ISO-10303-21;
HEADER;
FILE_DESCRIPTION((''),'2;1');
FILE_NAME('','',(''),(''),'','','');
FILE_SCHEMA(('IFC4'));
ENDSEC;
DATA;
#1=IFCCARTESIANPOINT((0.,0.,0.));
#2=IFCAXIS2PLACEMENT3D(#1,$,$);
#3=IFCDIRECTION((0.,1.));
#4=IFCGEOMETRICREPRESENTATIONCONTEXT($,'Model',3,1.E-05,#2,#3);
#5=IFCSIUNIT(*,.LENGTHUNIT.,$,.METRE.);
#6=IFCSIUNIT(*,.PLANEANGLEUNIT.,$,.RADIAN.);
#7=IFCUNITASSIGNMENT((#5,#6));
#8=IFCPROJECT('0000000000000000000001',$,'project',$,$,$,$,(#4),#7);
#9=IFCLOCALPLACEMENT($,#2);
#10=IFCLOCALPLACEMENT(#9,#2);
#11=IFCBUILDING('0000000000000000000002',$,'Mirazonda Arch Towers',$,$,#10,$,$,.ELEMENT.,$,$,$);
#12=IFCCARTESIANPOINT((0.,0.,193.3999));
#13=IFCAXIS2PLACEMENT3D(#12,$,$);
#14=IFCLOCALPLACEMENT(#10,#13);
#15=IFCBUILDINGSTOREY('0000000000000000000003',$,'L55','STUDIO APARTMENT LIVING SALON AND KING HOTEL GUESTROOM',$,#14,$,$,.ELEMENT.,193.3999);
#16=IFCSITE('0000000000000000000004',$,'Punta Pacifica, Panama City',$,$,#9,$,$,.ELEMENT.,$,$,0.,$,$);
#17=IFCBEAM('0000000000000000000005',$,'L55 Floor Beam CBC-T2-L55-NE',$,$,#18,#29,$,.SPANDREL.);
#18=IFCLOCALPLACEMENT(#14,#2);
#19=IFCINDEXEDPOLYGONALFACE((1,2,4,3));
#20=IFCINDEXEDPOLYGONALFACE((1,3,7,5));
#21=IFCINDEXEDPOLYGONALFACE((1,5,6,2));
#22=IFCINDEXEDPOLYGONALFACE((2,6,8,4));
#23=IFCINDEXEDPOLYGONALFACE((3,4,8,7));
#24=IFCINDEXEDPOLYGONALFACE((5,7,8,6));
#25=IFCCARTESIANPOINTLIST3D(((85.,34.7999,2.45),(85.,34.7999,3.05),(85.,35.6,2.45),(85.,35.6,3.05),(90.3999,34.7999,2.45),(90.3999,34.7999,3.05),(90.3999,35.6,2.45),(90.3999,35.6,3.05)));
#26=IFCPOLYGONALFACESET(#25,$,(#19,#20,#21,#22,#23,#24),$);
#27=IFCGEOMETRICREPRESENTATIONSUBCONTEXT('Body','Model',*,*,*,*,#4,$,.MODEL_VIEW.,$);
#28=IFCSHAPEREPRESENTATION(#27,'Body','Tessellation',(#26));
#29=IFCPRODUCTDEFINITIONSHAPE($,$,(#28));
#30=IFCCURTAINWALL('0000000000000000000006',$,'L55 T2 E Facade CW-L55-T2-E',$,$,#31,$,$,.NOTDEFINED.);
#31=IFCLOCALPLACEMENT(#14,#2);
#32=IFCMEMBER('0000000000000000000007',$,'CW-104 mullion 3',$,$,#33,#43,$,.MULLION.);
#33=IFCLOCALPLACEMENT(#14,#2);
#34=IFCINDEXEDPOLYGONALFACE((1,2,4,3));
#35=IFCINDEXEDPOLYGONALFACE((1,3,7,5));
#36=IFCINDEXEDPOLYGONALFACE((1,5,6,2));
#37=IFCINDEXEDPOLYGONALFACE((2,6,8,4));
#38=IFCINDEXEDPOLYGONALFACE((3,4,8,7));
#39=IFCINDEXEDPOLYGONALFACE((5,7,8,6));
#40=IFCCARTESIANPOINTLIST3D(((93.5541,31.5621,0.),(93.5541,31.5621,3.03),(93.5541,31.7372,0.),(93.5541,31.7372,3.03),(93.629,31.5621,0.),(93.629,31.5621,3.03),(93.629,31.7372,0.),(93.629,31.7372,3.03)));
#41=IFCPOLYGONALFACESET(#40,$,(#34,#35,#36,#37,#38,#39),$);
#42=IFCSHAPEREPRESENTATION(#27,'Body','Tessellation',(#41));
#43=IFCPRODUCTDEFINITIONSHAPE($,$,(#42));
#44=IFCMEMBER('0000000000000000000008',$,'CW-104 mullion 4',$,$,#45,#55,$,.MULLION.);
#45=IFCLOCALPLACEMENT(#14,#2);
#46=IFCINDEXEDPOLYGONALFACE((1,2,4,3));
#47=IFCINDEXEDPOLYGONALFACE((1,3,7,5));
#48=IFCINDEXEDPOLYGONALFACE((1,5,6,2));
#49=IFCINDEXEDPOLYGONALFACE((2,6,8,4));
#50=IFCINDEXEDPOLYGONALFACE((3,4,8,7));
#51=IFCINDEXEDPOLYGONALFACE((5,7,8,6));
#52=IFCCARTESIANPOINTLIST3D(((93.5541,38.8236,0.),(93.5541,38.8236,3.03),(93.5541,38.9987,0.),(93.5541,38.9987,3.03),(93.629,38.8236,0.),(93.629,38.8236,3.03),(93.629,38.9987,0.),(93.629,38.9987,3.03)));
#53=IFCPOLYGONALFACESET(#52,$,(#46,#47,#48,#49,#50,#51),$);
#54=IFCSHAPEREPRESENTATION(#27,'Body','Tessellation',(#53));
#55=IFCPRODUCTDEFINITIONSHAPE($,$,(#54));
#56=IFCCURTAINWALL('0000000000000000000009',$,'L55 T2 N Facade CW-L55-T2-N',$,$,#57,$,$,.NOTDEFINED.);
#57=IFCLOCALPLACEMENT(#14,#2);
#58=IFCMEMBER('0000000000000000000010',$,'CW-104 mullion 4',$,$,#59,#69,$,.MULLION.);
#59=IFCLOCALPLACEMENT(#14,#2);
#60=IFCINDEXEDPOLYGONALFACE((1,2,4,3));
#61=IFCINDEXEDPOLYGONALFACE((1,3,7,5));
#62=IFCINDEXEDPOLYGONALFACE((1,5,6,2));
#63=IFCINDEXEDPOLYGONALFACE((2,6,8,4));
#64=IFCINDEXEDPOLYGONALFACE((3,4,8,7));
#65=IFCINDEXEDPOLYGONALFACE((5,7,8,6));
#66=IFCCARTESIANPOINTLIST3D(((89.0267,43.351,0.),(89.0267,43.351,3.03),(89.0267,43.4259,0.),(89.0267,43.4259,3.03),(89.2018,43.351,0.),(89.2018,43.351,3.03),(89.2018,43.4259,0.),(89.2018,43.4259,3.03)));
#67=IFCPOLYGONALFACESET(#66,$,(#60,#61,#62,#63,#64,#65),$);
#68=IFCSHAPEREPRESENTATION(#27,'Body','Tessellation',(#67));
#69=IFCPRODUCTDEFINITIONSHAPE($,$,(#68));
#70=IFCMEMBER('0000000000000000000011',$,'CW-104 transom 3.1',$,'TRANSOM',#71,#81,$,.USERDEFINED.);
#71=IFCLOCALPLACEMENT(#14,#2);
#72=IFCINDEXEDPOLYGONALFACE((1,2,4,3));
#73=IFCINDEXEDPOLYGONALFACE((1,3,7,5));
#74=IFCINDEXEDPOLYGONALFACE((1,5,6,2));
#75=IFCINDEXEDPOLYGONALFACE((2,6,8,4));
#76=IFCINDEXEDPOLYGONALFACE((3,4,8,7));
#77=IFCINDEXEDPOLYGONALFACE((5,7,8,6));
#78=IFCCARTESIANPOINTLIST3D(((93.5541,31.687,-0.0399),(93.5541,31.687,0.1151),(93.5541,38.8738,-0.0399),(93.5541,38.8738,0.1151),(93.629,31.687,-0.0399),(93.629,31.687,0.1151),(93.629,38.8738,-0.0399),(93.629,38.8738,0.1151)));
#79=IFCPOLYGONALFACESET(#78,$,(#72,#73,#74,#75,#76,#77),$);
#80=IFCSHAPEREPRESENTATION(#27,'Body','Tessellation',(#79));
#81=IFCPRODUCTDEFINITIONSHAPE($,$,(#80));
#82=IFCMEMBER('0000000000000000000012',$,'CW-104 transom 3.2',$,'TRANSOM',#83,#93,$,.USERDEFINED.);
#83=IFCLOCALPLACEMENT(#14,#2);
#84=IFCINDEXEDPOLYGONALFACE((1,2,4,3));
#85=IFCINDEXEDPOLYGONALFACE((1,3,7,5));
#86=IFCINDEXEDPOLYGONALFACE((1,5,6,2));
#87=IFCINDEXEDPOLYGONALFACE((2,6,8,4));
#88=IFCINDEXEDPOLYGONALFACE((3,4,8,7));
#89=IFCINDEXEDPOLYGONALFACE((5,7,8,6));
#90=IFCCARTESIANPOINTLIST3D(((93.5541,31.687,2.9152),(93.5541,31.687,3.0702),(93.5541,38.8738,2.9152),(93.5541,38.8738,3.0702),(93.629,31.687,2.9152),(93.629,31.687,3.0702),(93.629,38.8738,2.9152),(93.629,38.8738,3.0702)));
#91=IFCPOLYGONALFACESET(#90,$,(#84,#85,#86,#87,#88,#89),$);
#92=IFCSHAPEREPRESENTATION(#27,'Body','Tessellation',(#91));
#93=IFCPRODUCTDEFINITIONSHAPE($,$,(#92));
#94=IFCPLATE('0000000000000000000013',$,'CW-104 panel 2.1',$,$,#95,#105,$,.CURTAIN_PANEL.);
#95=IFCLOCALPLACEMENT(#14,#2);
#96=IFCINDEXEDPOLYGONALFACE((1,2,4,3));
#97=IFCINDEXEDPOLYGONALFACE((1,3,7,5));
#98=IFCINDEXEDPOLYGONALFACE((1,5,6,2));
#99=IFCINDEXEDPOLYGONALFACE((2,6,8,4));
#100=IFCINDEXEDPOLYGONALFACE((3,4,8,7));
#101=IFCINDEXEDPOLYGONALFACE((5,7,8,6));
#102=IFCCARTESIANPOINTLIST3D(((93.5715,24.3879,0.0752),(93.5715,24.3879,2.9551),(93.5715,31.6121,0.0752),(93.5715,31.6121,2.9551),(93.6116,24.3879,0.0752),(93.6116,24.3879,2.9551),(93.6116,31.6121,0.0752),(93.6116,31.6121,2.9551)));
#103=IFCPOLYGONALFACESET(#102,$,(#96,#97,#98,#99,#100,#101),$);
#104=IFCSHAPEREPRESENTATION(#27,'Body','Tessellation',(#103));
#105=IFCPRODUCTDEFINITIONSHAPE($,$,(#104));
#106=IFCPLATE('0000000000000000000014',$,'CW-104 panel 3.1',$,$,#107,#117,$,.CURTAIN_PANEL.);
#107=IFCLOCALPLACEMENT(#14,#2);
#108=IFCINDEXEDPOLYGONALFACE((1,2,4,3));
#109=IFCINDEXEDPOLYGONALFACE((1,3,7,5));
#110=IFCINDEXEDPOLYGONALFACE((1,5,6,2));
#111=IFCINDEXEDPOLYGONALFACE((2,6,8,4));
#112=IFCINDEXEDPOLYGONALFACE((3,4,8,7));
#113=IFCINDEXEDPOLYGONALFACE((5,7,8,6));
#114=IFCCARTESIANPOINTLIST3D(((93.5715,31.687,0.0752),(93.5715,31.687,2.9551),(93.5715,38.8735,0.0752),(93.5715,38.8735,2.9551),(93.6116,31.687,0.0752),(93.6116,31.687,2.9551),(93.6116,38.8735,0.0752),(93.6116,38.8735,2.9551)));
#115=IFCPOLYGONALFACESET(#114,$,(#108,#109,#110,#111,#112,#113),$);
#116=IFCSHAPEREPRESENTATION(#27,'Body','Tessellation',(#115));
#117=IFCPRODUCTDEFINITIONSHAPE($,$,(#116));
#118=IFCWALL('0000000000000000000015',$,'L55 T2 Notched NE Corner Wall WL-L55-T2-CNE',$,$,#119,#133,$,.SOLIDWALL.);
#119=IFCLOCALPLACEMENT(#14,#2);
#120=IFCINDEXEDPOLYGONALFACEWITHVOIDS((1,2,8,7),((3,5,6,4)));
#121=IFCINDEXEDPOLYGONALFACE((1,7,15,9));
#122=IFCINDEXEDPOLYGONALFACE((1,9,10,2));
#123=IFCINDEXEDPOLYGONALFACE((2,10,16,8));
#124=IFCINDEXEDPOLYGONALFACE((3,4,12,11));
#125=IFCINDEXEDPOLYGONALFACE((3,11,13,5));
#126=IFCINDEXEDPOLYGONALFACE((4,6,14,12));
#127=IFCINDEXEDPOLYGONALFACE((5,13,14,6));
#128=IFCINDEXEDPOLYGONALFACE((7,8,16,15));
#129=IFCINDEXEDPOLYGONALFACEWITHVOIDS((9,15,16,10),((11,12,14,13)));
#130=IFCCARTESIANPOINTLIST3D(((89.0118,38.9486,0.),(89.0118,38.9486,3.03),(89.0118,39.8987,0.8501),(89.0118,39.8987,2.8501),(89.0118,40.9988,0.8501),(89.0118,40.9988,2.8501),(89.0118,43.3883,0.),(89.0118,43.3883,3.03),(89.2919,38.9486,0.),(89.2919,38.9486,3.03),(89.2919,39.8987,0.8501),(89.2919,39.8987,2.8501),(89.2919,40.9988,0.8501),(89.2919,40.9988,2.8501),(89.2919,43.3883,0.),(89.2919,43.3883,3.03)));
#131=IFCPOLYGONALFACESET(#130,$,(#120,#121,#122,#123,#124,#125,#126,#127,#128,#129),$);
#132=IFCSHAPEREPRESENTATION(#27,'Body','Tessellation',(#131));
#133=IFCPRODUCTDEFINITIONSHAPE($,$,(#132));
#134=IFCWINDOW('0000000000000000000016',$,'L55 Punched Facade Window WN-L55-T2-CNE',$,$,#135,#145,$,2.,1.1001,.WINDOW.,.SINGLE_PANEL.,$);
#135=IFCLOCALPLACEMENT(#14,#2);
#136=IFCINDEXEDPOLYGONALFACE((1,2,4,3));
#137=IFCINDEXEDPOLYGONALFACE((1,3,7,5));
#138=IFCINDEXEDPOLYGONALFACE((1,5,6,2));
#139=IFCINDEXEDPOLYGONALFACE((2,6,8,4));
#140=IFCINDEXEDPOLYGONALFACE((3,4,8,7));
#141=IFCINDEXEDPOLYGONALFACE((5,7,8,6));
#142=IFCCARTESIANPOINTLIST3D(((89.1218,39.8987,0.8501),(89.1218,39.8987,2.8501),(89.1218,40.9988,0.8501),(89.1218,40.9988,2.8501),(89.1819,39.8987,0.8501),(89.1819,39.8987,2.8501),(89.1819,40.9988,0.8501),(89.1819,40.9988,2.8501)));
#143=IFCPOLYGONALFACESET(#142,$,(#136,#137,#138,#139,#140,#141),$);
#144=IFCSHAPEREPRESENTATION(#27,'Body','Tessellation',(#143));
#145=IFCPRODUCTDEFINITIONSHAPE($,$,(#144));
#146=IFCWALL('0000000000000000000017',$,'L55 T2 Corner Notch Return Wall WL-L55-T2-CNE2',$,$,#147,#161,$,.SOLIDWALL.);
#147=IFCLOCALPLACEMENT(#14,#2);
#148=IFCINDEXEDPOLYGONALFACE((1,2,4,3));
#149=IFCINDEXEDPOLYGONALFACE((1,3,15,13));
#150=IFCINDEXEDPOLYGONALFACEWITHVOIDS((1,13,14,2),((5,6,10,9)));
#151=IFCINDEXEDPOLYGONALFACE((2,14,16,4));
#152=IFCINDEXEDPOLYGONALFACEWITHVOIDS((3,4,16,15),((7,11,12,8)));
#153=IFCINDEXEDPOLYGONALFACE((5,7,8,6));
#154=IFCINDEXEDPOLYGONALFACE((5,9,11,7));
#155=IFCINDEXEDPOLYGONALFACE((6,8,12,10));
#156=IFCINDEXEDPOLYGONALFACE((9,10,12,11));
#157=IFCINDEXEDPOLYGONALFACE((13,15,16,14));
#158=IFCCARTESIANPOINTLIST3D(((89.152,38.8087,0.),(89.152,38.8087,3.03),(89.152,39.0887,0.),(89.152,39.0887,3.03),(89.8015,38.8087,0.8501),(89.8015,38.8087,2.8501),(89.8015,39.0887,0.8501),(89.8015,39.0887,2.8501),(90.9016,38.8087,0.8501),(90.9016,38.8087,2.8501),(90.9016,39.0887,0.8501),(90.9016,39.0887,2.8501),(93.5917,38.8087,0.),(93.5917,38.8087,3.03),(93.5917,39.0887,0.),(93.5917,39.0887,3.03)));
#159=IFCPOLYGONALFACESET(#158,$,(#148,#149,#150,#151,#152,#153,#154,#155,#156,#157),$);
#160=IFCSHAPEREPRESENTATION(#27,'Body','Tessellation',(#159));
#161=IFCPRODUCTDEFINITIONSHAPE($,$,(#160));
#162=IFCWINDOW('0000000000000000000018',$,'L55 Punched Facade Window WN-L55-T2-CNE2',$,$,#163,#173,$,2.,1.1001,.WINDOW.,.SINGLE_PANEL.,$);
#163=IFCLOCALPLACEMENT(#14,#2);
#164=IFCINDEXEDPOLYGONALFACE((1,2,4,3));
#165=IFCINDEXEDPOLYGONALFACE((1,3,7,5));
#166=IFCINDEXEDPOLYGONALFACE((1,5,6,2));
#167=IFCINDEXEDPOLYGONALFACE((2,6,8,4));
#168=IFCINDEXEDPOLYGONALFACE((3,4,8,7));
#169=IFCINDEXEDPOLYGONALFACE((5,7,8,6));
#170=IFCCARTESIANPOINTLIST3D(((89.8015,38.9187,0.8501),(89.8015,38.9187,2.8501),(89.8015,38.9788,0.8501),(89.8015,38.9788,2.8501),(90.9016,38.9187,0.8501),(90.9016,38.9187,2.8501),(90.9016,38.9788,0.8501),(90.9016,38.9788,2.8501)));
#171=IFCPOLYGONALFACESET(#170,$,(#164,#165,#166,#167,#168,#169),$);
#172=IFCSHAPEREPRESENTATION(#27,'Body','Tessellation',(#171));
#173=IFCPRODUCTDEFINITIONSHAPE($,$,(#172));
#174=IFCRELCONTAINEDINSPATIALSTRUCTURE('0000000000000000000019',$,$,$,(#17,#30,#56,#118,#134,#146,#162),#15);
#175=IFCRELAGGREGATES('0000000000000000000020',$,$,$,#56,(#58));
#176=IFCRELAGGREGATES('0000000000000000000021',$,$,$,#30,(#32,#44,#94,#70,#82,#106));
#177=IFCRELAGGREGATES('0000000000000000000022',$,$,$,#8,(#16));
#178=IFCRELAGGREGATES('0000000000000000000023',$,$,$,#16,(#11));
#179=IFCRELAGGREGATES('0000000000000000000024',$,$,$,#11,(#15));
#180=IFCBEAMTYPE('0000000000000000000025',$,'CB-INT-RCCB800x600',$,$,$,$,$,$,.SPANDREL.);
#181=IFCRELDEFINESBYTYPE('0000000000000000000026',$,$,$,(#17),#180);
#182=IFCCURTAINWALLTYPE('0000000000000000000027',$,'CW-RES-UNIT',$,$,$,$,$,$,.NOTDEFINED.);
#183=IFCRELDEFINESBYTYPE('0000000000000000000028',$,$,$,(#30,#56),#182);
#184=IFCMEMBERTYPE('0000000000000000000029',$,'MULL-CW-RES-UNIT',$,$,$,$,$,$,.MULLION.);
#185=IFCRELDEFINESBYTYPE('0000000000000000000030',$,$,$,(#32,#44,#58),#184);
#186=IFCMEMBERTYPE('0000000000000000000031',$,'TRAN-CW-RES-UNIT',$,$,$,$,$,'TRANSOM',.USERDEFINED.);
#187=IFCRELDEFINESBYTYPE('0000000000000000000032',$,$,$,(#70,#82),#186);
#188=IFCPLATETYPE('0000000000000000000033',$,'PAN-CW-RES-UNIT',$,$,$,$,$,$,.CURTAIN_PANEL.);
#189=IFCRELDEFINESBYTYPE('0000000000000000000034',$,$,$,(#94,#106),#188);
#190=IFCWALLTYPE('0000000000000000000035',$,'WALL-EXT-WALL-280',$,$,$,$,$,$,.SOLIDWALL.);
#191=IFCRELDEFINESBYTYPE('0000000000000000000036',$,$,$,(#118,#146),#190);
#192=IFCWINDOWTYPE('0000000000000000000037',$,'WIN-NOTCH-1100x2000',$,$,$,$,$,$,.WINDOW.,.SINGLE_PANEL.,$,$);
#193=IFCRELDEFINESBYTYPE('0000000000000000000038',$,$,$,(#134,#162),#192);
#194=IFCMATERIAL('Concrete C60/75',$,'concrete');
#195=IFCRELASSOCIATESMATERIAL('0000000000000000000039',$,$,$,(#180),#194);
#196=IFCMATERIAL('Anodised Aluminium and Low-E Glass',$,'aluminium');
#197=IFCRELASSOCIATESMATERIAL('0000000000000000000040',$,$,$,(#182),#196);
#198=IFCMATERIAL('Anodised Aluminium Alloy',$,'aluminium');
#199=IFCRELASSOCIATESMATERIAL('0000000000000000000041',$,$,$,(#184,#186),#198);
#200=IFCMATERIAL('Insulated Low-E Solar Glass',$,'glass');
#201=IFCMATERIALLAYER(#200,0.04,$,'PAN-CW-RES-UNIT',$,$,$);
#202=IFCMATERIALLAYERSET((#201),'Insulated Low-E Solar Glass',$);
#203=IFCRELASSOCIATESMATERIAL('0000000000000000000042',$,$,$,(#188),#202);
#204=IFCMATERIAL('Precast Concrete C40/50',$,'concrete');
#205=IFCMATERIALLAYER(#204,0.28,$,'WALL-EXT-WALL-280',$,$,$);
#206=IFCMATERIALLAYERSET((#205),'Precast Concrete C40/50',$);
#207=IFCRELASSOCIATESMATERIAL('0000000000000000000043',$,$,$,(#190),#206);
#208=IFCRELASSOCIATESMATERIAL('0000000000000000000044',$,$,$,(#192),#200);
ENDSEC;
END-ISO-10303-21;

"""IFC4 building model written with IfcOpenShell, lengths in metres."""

from ifc_helpers import new_model, si_unit, direction, frame, frame_2d, origin, origin_2d, place, context, subcontext, project, spatial, rectangle, extrude, material, layer, layer_set, material_profile, profile_set, type_object, element, fill, aggregate, save


model = new_model("IFC4")

# Units and contexts
model_context = context("Model", 3, precision=1e-05, world=origin(), true_north=direction((0.0, 1.0)))
body_context = subcontext(model_context, "Body", "Model", "MODEL_VIEW")
ifc_project = project(units=[si_unit("LENGTHUNIT", "METRE"), si_unit("PLANEANGLEUNIT", "RADIAN")], contexts=[model_context])

# Site, building, storey
site_placement = place(None, origin())
site = spatial("IfcSite", under=ifc_project, at=site_placement, Name="Punta Pacifica, Panama City", CompositionType="ELEMENT", RefElevation=0.0)
building_placement = place(site_placement, origin())
building = spatial("IfcBuilding", under=site, at=building_placement, Name="Mirazonda Arch Towers", CompositionType="ELEMENT")
storey_placement = place(building_placement, frame((0.0, 0.0, 193.3999)))
storey = spatial("IfcBuildingStorey", under=building, at=storey_placement, Name="L55", Description="STUDIO APARTMENT LIVING SALON AND KING HOTEL GUESTROOM", CompositionType="ELEMENT", Elevation=193.3999)

# Beam
ifc_material_1 = material(Name="Concrete C60/75", Category="concrete")
ifc_material_profile_1 = material_profile(ifc_material_1, rectangle(XDim=0.8, YDim=0.6001, at=origin_2d()), Name="RCCB800x600")
ifc_profile_set_1 = profile_set([ifc_material_profile_1], Name="Concrete C60/75")
beam_type_1 = type_object("IfcBeamType", Name="CB-INT-RCCB800x600", PredefinedType="SPANDREL", material=ifc_profile_set_1)
beam_1_placement = place(storey_placement, frame((85.0, 35.2, 2.75), z_axis=(1.0, 0.0, 0.0), x_axis=(0.0, 1.0, 0.0)))
element("IfcBeam", 1, at=beam_1_placement, inside=storey, type_object=beam_type_1, Name="L55 Floor Beam CBC-T2-L55-NE", PredefinedType="SPANDREL", context=body_context, shape_type="SweptSolid", body=[
    extrude(rectangle(XDim=0.8, YDim=0.6001, at=origin_2d()), origin(), (0.0, 0.0, 1.0), 5.3999),
])

# Curtain wall, members
ifc_material_2 = material(Name="Anodised Aluminium and Low-E Glass", Category="aluminium")
curtain_wall_type = type_object("IfcCurtainWallType", Name="CW-RES-UNIT", PredefinedType="NOTDEFINED", material=ifc_material_2)
curtain_wall_1_placement = place(storey_placement, origin())
curtain_wall_1 = element("IfcCurtainWall", 2, at=curtain_wall_1_placement, inside=storey, type_object=curtain_wall_type, Name="L55 T2 E Facade CW-L55-T2-E", PredefinedType="NOTDEFINED")
ifc_material_3 = material(Name="Anodised Aluminium Alloy", Category="aluminium")
ifc_material_profile_2 = material_profile(ifc_material_3, rectangle(XDim=0.075, YDim=0.175, at=origin_2d()), Name="ALU-MULL-75x175")
ifc_profile_set_2 = profile_set([ifc_material_profile_2], Name="Anodised Aluminium Alloy")
member_type_1 = type_object("IfcMemberType", Name="MULL-CW-RES-UNIT", PredefinedType="MULLION", material=ifc_profile_set_2)
member_1_placement = place(storey_placement, frame((93.5916, 31.6497, 0.0), z_axis=(0.0, 0.0, 1.0), x_axis=(-1.0, 0.0, 0.0)))
member_1 = element("IfcMember", 3, at=member_1_placement, type_object=member_type_1, Name="CW-104 mullion 3", PredefinedType="MULLION", context=body_context, shape_type="SweptSolid", body=[
    extrude(rectangle(XDim=0.075, YDim=0.175, at=origin_2d()), origin(), (0.0, 0.0, 1.0), 3.03),
])
member_2_placement = place(storey_placement, frame((93.5916, 38.9111, 0.0), z_axis=(0.0, 0.0, 1.0), x_axis=(-1.0, 0.0, 0.0)))
member_2 = element("IfcMember", 4, at=member_2_placement, type_object=member_type_1, Name="CW-104 mullion 4", PredefinedType="MULLION", context=body_context, shape_type="SweptSolid", body=[
    extrude(rectangle(XDim=0.075, YDim=0.175, at=origin_2d()), origin(), (0.0, 0.0, 1.0), 3.03),
])

# Curtain wall, member
curtain_wall_2_placement = place(storey_placement, origin())
curtain_wall_2 = element("IfcCurtainWall", 5, at=curtain_wall_2_placement, inside=storey, type_object=curtain_wall_type, Name="L55 T2 N Facade CW-L55-T2-N", PredefinedType="NOTDEFINED")
member_3_placement = place(storey_placement, frame((89.1143, 43.3884, 0.0), z_axis=(0.0, 0.0, 1.0), x_axis=(0.0, 1.0, 0.0)))
member_3 = element("IfcMember", 6, at=member_3_placement, type_object=member_type_1, Name="CW-104 mullion 4", PredefinedType="MULLION", context=body_context, shape_type="SweptSolid", body=[
    extrude(rectangle(XDim=0.075, YDim=0.175, at=origin_2d()), origin(), (0.0, 0.0, 1.0), 3.03),
])
aggregate(curtain_wall_2, [member_3])

# Members
ifc_material_profile_3 = material_profile(ifc_material_3, rectangle(XDim=0.075, YDim=0.155, at=origin_2d()), Name="ALU-TRAN-75x155")
ifc_profile_set_3 = profile_set([ifc_material_profile_3], Name="Anodised Aluminium Alloy")
member_type_2 = type_object("IfcMemberType", Name="TRAN-CW-RES-UNIT", ElementType="TRANSOM", PredefinedType="USERDEFINED", material=ifc_profile_set_3)
member_4_placement = place(storey_placement, frame((93.5916, 31.687, 0.0376), z_axis=(0.0, 1.0, 0.0), x_axis=(-1.0, 0.0, 0.0)))
member_4 = element("IfcMember", 7, at=member_4_placement, type_object=member_type_2, Name="CW-104 transom 3.1", ObjectType="TRANSOM", PredefinedType="USERDEFINED", context=body_context, shape_type="SweptSolid", body=[
    extrude(rectangle(XDim=0.075, YDim=0.155, at=origin_2d()), origin(), (0.0, 0.0, 1.0), 7.1868),
])
member_5_placement = place(storey_placement, frame((93.5916, 31.687, 2.9927), z_axis=(0.0, 1.0, 0.0), x_axis=(-1.0, 0.0, 0.0)))
member_5 = element("IfcMember", 8, at=member_5_placement, type_object=member_type_2, Name="CW-104 transom 3.2", ObjectType="TRANSOM", PredefinedType="USERDEFINED", context=body_context, shape_type="SweptSolid", body=[
    extrude(rectangle(XDim=0.075, YDim=0.155, at=origin_2d()), origin(), (0.0, 0.0, 1.0), 7.1868),
])

# Plates
ifc_material_4 = material(Name="Insulated Low-E Solar Glass", Category="glass")
ifc_layer_1 = layer(ifc_material_4, 0.04, Name="PAN-CW-RES-UNIT")
ifc_layer_set_1 = layer_set([ifc_layer_1], Name="Insulated Low-E Solar Glass")
plate_type = type_object("IfcPlateType", Name="PAN-CW-RES-UNIT", PredefinedType="CURTAIN_PANEL", material=ifc_layer_set_1)
plate_1_placement = place(storey_placement, frame((93.5916, 28.0, 0.0752), z_axis=(0.0, 0.0, 1.0), x_axis=(0.0, 1.0, 0.0)))
plate_1 = element("IfcPlate", 9, at=plate_1_placement, type_object=plate_type, Name="CW-104 panel 2.1", PredefinedType="CURTAIN_PANEL", context=body_context, shape_type="SweptSolid", body=[
    extrude(rectangle(XDim=7.2241, YDim=0.04, at=origin_2d()), origin(), (0.0, 0.0, 1.0), 2.8799),
])
plate_2_placement = place(storey_placement, frame((93.5916, 35.2803, 0.0752), z_axis=(0.0, 0.0, 1.0), x_axis=(0.0, 1.0, 0.0)))
plate_2 = element("IfcPlate", 10, at=plate_2_placement, type_object=plate_type, Name="CW-104 panel 3.1", PredefinedType="CURTAIN_PANEL", context=body_context, shape_type="SweptSolid", body=[
    extrude(rectangle(XDim=7.1865, YDim=0.04, at=origin_2d()), origin(), (0.0, 0.0, 1.0), 2.8799),
])
aggregate(curtain_wall_1, [member_1, member_2, plate_1, member_4, member_5, plate_2])

# Walls, openings, windows
ifc_material_5 = material(Name="Precast Concrete C40/50", Category="concrete")
ifc_layer_2 = layer(ifc_material_5, 0.28, Name="WALL-EXT-WALL-280")
ifc_layer_set_2 = layer_set([ifc_layer_2], Name="Precast Concrete C40/50")
wall_type_1 = type_object("IfcWallType", Name="WALL-EXT-WALL-280", PredefinedType="SOLIDWALL", material=ifc_layer_set_2)
wall_1_placement = place(storey_placement, frame((89.1519, 38.9487, 0.0), z_axis=(0.0, 0.0, 1.0), x_axis=(0.0, 1.0, 0.0)))
wall_1 = element("IfcWall", 11, at=wall_1_placement, inside=storey, type_object=wall_type_1, Name="L55 T2 Notched NE Corner Wall WL-L55-T2-CNE", PredefinedType="SOLIDWALL", context=body_context, shape_type="SweptSolid", body=[
    extrude(rectangle(XDim=4.4397, YDim=0.28, at=frame_2d((2.2197, 0.0))), origin(), (0.0, 0.0, 1.0), 3.03),
])
opening_1_placement = place(wall_1_placement, frame((0.95, 0.0, 0.8501)))
opening_1 = element("IfcOpeningElement", 12, at=opening_1_placement, cuts=wall_1, PredefinedType="OPENING", context=body_context, shape_type="SweptSolid", body=[
    extrude(rectangle(XDim=1.1001, YDim=2.0, at=frame_2d((0.55, 1.0))), frame((0.0, 0.1499, 0.0), z_axis=(0.0, -1.0, 0.0), x_axis=(1.0, 0.0, 0.0)), (0.0, 0.0, 1.0), 0.3),
])
window_type = type_object("IfcWindowType", Name="WIN-NOTCH-1100x2000", PartitioningType="SINGLE_PANEL", PredefinedType="WINDOW", material=ifc_material_4)
window_1_placement = place(opening_1_placement, origin())
window_1 = element("IfcWindow", 13, at=window_1_placement, inside=storey, type_object=window_type, Name="L55 Punched Facade Window WN-L55-T2-CNE", OverallHeight=2.0, OverallWidth=1.1001, PartitioningType="SINGLE_PANEL", PredefinedType="WINDOW", context=body_context, shape_type="SweptSolid", body=[
    extrude(rectangle(XDim=1.1001, YDim=2.0, at=frame_2d((0.55, 1.0))), frame((0.0, 0.03, 0.0), z_axis=(0.0, -1.0, 0.0), x_axis=(1.0, 0.0, 0.0)), (0.0, 0.0, 1.0), 0.0601),
])
fill(opening_1, window_1)
wall_2_placement = place(storey_placement, frame((93.5916, 38.9487, 0.0), z_axis=(0.0, 0.0, 1.0), x_axis=(-1.0, 0.0, 0.0)))
wall_2 = element("IfcWall", 14, at=wall_2_placement, inside=storey, type_object=wall_type_1, Name="L55 T2 Corner Notch Return Wall WL-L55-T2-CNE2", PredefinedType="SOLIDWALL", context=body_context, shape_type="SweptSolid", body=[
    extrude(rectangle(XDim=4.4397, YDim=0.28, at=frame_2d((2.2197, 0.0))), origin(), (0.0, 0.0, 1.0), 3.03),
])
opening_2_placement = place(wall_2_placement, frame((2.6899, 0.0, 0.8501)))
opening_2 = element("IfcOpeningElement", 15, at=opening_2_placement, cuts=wall_2, PredefinedType="OPENING", context=body_context, shape_type="SweptSolid", body=[
    extrude(rectangle(XDim=1.1001, YDim=2.0, at=frame_2d((0.55, 1.0))), frame((0.0, 0.1499, 0.0), z_axis=(0.0, -1.0, 0.0), x_axis=(1.0, 0.0, 0.0)), (0.0, 0.0, 1.0), 0.3),
])
window_2_placement = place(opening_2_placement, origin())
window_2 = element("IfcWindow", 16, at=window_2_placement, inside=storey, type_object=window_type, Name="L55 Punched Facade Window WN-L55-T2-CNE2", OverallHeight=2.0, OverallWidth=1.1001, PartitioningType="SINGLE_PANEL", PredefinedType="WINDOW", context=body_context, shape_type="SweptSolid", body=[
    extrude(rectangle(XDim=1.1001, YDim=2.0, at=frame_2d((0.55, 1.0))), frame((0.0, 0.03, 0.0), z_axis=(0.0, -1.0, 0.0), x_axis=(1.0, 0.0, 0.0)), (0.0, 0.0, 1.0), 0.0601),
])
fill(opening_2, window_2)

save(model, "model.ifc")
